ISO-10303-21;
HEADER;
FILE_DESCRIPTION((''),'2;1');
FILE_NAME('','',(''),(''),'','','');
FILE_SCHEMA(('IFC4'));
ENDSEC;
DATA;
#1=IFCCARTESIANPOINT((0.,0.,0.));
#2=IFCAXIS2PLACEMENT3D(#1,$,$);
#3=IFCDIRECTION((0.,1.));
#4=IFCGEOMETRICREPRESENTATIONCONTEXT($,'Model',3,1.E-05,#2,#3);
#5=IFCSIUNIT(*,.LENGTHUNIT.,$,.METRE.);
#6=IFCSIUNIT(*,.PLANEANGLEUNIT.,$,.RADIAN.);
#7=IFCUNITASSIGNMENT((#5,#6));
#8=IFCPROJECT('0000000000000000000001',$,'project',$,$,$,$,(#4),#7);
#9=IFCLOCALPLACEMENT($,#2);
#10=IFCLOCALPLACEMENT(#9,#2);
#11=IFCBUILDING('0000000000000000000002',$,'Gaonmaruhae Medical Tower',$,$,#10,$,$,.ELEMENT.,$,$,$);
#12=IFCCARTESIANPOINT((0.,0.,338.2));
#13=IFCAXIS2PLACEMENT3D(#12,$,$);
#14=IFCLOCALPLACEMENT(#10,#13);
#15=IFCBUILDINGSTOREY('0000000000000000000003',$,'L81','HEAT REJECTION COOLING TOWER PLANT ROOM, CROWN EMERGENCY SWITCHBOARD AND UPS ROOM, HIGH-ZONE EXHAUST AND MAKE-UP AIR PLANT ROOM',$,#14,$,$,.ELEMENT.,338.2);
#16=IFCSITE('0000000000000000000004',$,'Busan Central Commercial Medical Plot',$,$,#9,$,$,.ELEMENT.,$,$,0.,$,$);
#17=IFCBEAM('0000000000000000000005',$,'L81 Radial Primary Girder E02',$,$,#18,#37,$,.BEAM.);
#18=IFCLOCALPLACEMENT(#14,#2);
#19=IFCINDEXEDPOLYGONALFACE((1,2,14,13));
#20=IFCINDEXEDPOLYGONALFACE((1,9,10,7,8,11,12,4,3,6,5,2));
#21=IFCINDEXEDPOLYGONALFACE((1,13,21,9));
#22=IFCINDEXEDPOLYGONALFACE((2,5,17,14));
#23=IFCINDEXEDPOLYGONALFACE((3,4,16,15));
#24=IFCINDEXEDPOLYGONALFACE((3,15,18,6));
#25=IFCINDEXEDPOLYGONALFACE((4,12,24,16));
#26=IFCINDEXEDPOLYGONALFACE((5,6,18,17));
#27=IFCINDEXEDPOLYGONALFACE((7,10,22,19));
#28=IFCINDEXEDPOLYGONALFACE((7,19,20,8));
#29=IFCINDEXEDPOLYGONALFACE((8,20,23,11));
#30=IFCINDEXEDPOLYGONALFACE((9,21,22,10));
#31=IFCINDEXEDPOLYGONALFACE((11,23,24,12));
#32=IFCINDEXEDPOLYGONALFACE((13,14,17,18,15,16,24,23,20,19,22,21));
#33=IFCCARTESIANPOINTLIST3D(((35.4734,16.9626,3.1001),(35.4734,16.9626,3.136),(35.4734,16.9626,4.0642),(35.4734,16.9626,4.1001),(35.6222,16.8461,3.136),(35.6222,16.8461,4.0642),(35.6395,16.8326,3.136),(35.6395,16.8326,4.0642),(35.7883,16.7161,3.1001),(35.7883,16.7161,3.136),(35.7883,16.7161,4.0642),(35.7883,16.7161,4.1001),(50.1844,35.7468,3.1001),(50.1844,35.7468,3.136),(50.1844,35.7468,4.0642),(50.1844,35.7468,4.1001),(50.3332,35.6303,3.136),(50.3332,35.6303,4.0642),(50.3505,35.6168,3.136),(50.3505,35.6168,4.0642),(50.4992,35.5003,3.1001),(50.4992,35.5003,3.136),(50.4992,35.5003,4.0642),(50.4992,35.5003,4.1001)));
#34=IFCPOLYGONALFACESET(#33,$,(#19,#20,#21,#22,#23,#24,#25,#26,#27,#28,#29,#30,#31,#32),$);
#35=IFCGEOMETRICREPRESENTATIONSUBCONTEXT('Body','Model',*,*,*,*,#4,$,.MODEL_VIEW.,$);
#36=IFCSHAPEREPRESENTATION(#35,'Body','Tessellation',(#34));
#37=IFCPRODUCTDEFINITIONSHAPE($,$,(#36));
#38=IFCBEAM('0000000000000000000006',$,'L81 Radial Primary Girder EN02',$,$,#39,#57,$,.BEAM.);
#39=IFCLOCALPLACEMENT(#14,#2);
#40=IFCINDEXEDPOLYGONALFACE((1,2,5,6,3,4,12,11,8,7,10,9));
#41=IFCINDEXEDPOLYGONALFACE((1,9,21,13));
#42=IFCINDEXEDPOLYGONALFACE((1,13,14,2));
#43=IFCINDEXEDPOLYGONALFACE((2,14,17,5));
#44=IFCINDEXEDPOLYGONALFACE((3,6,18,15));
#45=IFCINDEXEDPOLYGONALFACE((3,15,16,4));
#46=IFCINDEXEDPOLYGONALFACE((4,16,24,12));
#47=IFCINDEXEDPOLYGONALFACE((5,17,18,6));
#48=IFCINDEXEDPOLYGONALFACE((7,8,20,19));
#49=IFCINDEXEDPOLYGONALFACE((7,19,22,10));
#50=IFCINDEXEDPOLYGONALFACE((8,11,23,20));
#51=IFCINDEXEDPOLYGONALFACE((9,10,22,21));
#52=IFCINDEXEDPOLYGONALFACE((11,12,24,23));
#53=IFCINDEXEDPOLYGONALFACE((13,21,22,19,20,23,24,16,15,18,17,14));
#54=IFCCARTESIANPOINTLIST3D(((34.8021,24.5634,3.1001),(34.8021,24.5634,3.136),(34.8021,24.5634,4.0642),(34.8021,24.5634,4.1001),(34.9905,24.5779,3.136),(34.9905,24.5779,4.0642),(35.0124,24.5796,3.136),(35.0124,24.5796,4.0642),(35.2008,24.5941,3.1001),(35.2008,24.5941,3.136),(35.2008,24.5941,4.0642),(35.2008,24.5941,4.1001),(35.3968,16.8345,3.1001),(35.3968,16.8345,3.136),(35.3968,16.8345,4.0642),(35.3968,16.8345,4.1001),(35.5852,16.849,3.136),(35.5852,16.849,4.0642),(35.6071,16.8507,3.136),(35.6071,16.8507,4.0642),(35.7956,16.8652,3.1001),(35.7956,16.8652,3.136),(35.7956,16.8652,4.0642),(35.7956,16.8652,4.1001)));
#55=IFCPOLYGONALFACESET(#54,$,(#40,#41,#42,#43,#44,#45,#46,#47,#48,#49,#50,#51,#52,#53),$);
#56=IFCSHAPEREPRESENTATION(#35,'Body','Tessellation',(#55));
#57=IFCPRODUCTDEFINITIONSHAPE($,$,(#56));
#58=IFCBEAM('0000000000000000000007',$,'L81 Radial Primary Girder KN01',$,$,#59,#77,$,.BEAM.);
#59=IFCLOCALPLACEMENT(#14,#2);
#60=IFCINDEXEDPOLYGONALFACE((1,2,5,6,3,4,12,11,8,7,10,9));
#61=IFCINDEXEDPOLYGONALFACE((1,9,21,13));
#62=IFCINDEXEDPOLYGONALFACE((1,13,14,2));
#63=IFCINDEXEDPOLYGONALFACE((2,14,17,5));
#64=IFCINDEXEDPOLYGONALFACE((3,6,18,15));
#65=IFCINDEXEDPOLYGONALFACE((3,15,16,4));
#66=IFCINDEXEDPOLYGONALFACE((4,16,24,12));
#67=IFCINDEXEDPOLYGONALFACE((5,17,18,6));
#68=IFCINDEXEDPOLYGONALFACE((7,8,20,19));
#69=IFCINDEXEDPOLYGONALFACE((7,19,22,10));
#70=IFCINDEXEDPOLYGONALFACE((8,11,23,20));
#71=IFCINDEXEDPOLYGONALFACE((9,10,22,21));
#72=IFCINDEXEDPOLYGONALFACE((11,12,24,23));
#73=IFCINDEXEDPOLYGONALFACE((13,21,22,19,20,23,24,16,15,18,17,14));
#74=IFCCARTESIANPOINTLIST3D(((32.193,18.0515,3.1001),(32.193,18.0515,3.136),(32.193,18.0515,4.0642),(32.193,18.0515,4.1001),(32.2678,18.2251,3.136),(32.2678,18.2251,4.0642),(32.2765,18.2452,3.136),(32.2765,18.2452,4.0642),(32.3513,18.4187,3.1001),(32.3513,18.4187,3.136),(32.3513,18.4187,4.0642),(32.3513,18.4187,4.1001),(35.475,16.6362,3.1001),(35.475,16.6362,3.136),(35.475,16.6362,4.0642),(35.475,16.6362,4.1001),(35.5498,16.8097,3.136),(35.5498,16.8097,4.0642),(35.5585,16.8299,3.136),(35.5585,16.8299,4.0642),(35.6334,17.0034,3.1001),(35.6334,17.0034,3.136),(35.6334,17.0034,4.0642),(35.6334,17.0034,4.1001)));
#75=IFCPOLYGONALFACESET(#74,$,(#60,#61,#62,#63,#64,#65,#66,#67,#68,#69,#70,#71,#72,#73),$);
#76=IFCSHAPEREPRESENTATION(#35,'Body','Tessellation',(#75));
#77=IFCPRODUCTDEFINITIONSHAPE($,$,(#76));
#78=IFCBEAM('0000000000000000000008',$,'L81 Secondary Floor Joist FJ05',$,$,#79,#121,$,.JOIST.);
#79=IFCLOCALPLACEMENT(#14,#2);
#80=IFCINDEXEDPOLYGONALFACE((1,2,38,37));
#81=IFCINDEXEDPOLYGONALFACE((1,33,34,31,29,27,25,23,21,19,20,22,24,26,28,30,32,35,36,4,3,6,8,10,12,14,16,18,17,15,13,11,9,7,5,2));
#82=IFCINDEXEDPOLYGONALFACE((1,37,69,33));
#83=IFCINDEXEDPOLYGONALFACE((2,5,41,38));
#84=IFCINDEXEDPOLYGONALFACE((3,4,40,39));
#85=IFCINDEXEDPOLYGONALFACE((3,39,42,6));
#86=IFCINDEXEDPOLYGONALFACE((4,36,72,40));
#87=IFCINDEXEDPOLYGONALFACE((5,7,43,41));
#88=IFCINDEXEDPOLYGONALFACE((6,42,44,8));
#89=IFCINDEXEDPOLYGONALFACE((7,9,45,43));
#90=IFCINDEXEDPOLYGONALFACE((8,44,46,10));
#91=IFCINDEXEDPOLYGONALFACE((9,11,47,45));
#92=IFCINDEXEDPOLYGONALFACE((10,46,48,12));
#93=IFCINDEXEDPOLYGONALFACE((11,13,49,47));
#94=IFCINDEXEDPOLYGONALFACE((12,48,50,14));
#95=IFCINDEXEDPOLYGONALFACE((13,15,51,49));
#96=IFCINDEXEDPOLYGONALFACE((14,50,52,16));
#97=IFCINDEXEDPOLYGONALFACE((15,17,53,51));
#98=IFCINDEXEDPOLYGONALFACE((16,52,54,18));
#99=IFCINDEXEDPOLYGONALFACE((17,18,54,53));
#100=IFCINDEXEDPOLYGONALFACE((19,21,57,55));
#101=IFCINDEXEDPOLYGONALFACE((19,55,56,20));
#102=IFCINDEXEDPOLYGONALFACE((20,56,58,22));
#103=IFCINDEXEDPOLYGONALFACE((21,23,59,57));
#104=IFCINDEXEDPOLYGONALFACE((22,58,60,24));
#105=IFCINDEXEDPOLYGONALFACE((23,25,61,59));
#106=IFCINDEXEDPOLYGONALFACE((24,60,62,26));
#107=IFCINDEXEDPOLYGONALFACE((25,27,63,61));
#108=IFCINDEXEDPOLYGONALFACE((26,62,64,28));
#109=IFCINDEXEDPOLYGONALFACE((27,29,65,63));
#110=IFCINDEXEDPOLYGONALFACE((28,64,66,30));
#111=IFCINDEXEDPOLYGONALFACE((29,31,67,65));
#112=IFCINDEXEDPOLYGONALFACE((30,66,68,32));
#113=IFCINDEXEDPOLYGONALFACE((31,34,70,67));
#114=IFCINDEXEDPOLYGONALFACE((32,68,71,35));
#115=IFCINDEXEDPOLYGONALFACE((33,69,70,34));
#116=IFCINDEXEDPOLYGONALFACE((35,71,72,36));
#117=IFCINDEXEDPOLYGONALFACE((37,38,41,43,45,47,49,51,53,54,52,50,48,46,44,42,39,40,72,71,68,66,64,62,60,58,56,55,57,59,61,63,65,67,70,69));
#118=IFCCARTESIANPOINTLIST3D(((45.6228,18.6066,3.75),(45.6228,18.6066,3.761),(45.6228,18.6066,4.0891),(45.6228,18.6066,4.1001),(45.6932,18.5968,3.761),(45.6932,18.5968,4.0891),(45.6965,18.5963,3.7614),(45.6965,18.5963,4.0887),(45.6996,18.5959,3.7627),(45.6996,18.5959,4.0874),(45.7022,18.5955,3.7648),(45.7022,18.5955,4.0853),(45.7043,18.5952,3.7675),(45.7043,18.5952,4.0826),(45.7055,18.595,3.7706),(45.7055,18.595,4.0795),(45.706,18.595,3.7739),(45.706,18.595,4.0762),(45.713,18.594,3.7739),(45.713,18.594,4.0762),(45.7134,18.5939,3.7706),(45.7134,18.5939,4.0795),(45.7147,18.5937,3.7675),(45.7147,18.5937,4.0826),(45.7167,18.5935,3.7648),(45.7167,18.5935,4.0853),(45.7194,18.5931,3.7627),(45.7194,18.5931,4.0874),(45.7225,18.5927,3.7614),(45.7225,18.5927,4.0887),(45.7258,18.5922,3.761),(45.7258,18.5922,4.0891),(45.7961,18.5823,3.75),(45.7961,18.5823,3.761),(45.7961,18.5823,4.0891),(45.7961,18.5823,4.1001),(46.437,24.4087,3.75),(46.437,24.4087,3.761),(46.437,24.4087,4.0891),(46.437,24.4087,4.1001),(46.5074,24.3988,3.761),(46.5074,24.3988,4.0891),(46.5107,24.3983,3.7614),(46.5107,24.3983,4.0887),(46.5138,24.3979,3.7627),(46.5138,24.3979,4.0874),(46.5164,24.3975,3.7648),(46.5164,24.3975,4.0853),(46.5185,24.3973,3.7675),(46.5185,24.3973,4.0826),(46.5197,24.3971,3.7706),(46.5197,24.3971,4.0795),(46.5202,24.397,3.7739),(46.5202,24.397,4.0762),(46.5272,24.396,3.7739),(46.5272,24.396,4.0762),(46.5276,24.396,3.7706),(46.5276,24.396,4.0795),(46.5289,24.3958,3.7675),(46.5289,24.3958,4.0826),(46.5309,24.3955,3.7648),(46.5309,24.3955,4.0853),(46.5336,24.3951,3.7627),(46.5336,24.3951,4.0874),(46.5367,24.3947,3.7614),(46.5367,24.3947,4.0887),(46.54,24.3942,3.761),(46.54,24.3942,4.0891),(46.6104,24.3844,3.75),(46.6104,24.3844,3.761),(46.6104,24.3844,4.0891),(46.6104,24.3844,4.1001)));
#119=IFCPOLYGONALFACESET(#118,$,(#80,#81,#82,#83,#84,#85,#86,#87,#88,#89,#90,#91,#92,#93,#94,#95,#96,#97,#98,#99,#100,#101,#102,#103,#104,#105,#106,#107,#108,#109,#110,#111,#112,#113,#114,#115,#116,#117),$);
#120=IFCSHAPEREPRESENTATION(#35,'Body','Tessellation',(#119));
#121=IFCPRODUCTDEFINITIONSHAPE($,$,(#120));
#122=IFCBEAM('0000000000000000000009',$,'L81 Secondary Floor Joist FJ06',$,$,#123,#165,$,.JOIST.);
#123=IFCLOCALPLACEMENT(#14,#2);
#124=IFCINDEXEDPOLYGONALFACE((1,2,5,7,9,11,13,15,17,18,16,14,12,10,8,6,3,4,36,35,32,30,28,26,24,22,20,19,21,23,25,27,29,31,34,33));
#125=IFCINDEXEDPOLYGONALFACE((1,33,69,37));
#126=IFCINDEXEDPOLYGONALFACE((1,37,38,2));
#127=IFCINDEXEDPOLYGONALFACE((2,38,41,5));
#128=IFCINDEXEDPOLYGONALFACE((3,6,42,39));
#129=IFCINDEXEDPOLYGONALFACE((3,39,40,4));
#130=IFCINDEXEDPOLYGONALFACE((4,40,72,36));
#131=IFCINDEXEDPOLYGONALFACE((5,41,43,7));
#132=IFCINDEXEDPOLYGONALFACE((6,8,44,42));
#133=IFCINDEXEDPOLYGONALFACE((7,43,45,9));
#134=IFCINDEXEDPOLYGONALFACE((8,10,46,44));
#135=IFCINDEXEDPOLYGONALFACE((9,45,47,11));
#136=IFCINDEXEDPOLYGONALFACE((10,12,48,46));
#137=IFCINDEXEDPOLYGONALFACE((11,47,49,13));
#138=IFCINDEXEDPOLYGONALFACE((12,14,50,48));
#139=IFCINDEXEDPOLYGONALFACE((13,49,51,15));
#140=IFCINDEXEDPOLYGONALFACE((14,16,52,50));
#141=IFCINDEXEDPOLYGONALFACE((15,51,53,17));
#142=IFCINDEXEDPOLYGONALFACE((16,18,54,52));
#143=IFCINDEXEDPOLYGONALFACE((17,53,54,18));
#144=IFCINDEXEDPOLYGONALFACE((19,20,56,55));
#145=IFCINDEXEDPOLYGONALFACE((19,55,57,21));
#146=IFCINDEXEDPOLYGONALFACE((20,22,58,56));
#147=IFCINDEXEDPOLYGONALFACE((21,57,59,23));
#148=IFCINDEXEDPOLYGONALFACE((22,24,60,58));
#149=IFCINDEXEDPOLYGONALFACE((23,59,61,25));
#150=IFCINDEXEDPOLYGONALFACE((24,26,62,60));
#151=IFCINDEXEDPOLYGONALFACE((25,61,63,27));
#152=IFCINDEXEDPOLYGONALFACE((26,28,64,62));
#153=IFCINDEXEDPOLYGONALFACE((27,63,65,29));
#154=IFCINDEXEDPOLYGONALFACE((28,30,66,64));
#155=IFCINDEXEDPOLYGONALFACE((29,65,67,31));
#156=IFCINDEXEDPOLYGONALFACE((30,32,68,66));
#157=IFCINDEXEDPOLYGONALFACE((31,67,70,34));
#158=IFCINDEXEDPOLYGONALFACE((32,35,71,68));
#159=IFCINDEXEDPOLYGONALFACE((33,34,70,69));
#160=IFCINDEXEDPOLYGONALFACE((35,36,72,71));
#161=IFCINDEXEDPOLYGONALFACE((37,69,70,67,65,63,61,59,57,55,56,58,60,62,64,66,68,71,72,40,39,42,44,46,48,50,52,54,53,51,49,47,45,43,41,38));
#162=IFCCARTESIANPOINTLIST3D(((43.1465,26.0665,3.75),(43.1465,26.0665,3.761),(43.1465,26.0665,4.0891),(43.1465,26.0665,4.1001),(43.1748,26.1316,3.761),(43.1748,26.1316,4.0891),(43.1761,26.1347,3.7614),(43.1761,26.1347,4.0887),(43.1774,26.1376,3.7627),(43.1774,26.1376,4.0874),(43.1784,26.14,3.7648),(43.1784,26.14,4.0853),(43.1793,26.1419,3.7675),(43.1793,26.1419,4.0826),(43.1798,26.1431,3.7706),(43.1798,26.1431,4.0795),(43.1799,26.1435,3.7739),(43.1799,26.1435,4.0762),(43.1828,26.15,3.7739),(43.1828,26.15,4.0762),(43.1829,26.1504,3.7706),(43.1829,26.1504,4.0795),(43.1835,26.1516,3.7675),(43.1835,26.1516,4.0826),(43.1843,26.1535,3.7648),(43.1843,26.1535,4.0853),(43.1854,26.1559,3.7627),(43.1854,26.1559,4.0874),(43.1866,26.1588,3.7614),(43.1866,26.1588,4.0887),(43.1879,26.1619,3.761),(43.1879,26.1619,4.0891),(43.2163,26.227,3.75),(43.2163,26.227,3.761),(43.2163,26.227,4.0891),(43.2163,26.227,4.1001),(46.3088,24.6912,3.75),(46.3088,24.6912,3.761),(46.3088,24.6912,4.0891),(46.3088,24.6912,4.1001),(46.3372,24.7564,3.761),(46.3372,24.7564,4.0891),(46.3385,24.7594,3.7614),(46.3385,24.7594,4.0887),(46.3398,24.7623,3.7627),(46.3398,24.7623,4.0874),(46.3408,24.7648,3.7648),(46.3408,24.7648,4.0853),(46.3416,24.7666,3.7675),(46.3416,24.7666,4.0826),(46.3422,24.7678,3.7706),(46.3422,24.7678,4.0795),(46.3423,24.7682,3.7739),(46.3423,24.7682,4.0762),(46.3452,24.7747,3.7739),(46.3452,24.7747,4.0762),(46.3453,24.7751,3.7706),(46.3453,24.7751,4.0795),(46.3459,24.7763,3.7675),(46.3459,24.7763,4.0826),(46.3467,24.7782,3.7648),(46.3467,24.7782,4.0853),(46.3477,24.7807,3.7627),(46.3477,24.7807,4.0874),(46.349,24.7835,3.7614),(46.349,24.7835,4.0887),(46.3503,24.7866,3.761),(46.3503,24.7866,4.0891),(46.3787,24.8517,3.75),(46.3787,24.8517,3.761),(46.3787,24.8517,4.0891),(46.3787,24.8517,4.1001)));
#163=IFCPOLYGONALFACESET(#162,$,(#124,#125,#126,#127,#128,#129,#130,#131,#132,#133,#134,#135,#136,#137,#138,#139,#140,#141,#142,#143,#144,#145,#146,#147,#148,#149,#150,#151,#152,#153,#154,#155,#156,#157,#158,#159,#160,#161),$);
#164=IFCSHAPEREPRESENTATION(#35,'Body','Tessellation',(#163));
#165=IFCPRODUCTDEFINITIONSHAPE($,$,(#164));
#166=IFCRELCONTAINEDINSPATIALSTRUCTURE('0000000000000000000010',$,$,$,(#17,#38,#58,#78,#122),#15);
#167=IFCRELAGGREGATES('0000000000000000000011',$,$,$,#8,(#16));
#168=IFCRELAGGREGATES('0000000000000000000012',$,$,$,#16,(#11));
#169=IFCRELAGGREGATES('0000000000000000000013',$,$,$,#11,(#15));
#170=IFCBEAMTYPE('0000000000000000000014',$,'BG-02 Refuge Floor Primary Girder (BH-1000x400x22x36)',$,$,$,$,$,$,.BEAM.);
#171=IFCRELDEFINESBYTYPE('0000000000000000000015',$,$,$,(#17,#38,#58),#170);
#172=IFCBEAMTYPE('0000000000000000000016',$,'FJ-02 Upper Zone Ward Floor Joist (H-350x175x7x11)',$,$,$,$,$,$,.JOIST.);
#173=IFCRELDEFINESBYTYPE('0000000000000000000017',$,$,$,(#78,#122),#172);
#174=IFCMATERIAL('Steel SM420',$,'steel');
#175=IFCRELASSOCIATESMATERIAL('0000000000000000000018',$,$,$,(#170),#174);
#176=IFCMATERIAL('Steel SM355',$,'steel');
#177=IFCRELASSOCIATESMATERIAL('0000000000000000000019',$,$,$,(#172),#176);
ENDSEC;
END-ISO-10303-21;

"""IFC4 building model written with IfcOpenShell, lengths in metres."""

from ifc_helpers import new_model, si_unit, direction, frame, origin, origin_2d, place, context, subcontext, project, spatial, i_section, extrude, material, material_profile, profile_set, type_object, element, save


model = new_model("IFC4")

# Units and contexts
model_context = context("Model", 3, precision=1e-05, world=origin(), true_north=direction((0.0, 1.0)))
body_context = subcontext(model_context, "Body", "Model", "MODEL_VIEW")
ifc_project = project(units=[si_unit("LENGTHUNIT", "METRE"), si_unit("PLANEANGLEUNIT", "RADIAN")], contexts=[model_context])

# Site, building, storey
site_placement = place(None, origin())
site = spatial("IfcSite", under=ifc_project, at=site_placement, Name="Busan Central Commercial Medical Plot", CompositionType="ELEMENT", RefElevation=0.0)
building_placement = place(site_placement, origin())
building = spatial("IfcBuilding", under=site, at=building_placement, Name="Gaonmaruhae Medical Tower", CompositionType="ELEMENT")
storey_placement = place(building_placement, frame((0.0, 0.0, 338.2)))
storey = spatial("IfcBuildingStorey", under=building, at=storey_placement, Name="L81", Description="HEAT REJECTION COOLING TOWER PLANT ROOM, CROWN EMERGENCY SWITCHBOARD AND UPS ROOM, HIGH-ZONE EXHAUST AND MAKE-UP AIR PLANT ROOM", CompositionType="ELEMENT", Elevation=338.2)

# Shared definitions
ifc_material_1 = material(Name="Steel SM420", Category="steel")

# Beams
ifc_material_profile_1 = material_profile(ifc_material_1, i_section(OverallWidth=0.3999, OverallDepth=1.0, WebThickness=0.022, FlangeThickness=0.0359, at=origin_2d()), Name="BH-1000x400x22x36")
ifc_profile_set_1 = profile_set([ifc_material_profile_1], Name="Steel SM420")
beam_type_1 = type_object("IfcBeamType", Name="BG-02 Refuge Floor Primary Girder (BH-1000x400x22x36)", PredefinedType="BEAM", material=ifc_profile_set_1)
beam_1_placement = place(storey_placement, frame((35.6309, 16.8394, 3.6001), z_axis=(0.616575, 0.787296, 0.0), x_axis=(-0.787296, 0.616575, 0.0)))
element("IfcBeam", 1, at=beam_1_placement, inside=storey, type_object=beam_type_1, Name="L81 Radial Primary Girder E02", PredefinedType="BEAM", context=body_context, shape_type="SweptSolid", body=[
    extrude(i_section(OverallWidth=0.3999, OverallDepth=1.0, WebThickness=0.022, FlangeThickness=0.0359, at=origin_2d()), origin(), (0.0, 0.0, 1.0), 23.8591),
])
beam_2_placement = place(storey_placement, frame((35.5962, 16.8499, 3.6001), z_axis=(-0.076723, 0.997052, 0.0), x_axis=(-0.997052, -0.076723, 0.0)))
element("IfcBeam", 2, at=beam_2_placement, inside=storey, type_object=beam_type_1, Name="L81 Radial Primary Girder EN02", PredefinedType="BEAM", context=body_context, shape_type="SweptSolid", body=[
    extrude(i_section(OverallWidth=0.3999, OverallDepth=1.0, WebThickness=0.022, FlangeThickness=0.0359, at=origin_2d()), origin(), (0.0, 0.0, 1.0), 7.7517),
])
beam_3_placement = place(storey_placement, frame((35.5542, 16.8198, 3.6001), z_axis=(-0.918259, 0.395979, 0.0), x_axis=(-0.395979, -0.918259, 0.0)))
element("IfcBeam", 3, at=beam_3_placement, inside=storey, type_object=beam_type_1, Name="L81 Radial Primary Girder KN01", PredefinedType="BEAM", context=body_context, shape_type="SweptSolid", body=[
    extrude(i_section(OverallWidth=0.3999, OverallDepth=1.0, WebThickness=0.022, FlangeThickness=0.0359, at=origin_2d()), origin(), (0.0, 0.0, 1.0), 3.5742),
])
ifc_material_2 = material(Name="Steel SM355", Category="steel")
ifc_material_profile_2 = material_profile(ifc_material_2, i_section(OverallWidth=0.175, OverallDepth=0.3501, WebThickness=0.0071, FlangeThickness=0.011, FilletRadius=0.0129, at=origin_2d()), Name="H-350x175x7x11")
ifc_profile_set_2 = profile_set([ifc_material_profile_2], Name="Steel SM355")
beam_type_2 = type_object("IfcBeamType", Name="FJ-02 Upper Zone Ward Floor Joist (H-350x175x7x11)", PredefinedType="JOIST", material=ifc_profile_set_2)
beam_4_placement = place(storey_placement, frame((45.7095, 18.5945, 3.925), z_axis=(0.138971, 0.990296, 0.0), x_axis=(-0.990296, 0.138971, 0.0)))
element("IfcBeam", 4, at=beam_4_placement, inside=storey, type_object=beam_type_2, Name="L81 Secondary Floor Joist FJ05", PredefinedType="JOIST", context=body_context, shape_type="SweptSolid", body=[
    extrude(i_section(OverallWidth=0.175, OverallDepth=0.3501, WebThickness=0.0071, FlangeThickness=0.011, FilletRadius=0.0129, at=origin_2d()), origin(), (0.0, 0.0, 1.0), 5.8589),
])
beam_5_placement = place(storey_placement, frame((46.3438, 24.7715, 3.925), z_axis=(-0.917037, 0.398801, 0.0), x_axis=(-0.398801, -0.917037, 0.0)))
element("IfcBeam", 5, at=beam_5_placement, inside=storey, type_object=beam_type_2, Name="L81 Secondary Floor Joist FJ06", PredefinedType="JOIST", context=body_context, shape_type="SweptSolid", body=[
    extrude(i_section(OverallWidth=0.175, OverallDepth=0.3501, WebThickness=0.0071, FlangeThickness=0.011, FilletRadius=0.0129, at=origin_2d()), origin(), (0.0, 0.0, 1.0), 3.4485),
])

save(model, "model.ifc")
